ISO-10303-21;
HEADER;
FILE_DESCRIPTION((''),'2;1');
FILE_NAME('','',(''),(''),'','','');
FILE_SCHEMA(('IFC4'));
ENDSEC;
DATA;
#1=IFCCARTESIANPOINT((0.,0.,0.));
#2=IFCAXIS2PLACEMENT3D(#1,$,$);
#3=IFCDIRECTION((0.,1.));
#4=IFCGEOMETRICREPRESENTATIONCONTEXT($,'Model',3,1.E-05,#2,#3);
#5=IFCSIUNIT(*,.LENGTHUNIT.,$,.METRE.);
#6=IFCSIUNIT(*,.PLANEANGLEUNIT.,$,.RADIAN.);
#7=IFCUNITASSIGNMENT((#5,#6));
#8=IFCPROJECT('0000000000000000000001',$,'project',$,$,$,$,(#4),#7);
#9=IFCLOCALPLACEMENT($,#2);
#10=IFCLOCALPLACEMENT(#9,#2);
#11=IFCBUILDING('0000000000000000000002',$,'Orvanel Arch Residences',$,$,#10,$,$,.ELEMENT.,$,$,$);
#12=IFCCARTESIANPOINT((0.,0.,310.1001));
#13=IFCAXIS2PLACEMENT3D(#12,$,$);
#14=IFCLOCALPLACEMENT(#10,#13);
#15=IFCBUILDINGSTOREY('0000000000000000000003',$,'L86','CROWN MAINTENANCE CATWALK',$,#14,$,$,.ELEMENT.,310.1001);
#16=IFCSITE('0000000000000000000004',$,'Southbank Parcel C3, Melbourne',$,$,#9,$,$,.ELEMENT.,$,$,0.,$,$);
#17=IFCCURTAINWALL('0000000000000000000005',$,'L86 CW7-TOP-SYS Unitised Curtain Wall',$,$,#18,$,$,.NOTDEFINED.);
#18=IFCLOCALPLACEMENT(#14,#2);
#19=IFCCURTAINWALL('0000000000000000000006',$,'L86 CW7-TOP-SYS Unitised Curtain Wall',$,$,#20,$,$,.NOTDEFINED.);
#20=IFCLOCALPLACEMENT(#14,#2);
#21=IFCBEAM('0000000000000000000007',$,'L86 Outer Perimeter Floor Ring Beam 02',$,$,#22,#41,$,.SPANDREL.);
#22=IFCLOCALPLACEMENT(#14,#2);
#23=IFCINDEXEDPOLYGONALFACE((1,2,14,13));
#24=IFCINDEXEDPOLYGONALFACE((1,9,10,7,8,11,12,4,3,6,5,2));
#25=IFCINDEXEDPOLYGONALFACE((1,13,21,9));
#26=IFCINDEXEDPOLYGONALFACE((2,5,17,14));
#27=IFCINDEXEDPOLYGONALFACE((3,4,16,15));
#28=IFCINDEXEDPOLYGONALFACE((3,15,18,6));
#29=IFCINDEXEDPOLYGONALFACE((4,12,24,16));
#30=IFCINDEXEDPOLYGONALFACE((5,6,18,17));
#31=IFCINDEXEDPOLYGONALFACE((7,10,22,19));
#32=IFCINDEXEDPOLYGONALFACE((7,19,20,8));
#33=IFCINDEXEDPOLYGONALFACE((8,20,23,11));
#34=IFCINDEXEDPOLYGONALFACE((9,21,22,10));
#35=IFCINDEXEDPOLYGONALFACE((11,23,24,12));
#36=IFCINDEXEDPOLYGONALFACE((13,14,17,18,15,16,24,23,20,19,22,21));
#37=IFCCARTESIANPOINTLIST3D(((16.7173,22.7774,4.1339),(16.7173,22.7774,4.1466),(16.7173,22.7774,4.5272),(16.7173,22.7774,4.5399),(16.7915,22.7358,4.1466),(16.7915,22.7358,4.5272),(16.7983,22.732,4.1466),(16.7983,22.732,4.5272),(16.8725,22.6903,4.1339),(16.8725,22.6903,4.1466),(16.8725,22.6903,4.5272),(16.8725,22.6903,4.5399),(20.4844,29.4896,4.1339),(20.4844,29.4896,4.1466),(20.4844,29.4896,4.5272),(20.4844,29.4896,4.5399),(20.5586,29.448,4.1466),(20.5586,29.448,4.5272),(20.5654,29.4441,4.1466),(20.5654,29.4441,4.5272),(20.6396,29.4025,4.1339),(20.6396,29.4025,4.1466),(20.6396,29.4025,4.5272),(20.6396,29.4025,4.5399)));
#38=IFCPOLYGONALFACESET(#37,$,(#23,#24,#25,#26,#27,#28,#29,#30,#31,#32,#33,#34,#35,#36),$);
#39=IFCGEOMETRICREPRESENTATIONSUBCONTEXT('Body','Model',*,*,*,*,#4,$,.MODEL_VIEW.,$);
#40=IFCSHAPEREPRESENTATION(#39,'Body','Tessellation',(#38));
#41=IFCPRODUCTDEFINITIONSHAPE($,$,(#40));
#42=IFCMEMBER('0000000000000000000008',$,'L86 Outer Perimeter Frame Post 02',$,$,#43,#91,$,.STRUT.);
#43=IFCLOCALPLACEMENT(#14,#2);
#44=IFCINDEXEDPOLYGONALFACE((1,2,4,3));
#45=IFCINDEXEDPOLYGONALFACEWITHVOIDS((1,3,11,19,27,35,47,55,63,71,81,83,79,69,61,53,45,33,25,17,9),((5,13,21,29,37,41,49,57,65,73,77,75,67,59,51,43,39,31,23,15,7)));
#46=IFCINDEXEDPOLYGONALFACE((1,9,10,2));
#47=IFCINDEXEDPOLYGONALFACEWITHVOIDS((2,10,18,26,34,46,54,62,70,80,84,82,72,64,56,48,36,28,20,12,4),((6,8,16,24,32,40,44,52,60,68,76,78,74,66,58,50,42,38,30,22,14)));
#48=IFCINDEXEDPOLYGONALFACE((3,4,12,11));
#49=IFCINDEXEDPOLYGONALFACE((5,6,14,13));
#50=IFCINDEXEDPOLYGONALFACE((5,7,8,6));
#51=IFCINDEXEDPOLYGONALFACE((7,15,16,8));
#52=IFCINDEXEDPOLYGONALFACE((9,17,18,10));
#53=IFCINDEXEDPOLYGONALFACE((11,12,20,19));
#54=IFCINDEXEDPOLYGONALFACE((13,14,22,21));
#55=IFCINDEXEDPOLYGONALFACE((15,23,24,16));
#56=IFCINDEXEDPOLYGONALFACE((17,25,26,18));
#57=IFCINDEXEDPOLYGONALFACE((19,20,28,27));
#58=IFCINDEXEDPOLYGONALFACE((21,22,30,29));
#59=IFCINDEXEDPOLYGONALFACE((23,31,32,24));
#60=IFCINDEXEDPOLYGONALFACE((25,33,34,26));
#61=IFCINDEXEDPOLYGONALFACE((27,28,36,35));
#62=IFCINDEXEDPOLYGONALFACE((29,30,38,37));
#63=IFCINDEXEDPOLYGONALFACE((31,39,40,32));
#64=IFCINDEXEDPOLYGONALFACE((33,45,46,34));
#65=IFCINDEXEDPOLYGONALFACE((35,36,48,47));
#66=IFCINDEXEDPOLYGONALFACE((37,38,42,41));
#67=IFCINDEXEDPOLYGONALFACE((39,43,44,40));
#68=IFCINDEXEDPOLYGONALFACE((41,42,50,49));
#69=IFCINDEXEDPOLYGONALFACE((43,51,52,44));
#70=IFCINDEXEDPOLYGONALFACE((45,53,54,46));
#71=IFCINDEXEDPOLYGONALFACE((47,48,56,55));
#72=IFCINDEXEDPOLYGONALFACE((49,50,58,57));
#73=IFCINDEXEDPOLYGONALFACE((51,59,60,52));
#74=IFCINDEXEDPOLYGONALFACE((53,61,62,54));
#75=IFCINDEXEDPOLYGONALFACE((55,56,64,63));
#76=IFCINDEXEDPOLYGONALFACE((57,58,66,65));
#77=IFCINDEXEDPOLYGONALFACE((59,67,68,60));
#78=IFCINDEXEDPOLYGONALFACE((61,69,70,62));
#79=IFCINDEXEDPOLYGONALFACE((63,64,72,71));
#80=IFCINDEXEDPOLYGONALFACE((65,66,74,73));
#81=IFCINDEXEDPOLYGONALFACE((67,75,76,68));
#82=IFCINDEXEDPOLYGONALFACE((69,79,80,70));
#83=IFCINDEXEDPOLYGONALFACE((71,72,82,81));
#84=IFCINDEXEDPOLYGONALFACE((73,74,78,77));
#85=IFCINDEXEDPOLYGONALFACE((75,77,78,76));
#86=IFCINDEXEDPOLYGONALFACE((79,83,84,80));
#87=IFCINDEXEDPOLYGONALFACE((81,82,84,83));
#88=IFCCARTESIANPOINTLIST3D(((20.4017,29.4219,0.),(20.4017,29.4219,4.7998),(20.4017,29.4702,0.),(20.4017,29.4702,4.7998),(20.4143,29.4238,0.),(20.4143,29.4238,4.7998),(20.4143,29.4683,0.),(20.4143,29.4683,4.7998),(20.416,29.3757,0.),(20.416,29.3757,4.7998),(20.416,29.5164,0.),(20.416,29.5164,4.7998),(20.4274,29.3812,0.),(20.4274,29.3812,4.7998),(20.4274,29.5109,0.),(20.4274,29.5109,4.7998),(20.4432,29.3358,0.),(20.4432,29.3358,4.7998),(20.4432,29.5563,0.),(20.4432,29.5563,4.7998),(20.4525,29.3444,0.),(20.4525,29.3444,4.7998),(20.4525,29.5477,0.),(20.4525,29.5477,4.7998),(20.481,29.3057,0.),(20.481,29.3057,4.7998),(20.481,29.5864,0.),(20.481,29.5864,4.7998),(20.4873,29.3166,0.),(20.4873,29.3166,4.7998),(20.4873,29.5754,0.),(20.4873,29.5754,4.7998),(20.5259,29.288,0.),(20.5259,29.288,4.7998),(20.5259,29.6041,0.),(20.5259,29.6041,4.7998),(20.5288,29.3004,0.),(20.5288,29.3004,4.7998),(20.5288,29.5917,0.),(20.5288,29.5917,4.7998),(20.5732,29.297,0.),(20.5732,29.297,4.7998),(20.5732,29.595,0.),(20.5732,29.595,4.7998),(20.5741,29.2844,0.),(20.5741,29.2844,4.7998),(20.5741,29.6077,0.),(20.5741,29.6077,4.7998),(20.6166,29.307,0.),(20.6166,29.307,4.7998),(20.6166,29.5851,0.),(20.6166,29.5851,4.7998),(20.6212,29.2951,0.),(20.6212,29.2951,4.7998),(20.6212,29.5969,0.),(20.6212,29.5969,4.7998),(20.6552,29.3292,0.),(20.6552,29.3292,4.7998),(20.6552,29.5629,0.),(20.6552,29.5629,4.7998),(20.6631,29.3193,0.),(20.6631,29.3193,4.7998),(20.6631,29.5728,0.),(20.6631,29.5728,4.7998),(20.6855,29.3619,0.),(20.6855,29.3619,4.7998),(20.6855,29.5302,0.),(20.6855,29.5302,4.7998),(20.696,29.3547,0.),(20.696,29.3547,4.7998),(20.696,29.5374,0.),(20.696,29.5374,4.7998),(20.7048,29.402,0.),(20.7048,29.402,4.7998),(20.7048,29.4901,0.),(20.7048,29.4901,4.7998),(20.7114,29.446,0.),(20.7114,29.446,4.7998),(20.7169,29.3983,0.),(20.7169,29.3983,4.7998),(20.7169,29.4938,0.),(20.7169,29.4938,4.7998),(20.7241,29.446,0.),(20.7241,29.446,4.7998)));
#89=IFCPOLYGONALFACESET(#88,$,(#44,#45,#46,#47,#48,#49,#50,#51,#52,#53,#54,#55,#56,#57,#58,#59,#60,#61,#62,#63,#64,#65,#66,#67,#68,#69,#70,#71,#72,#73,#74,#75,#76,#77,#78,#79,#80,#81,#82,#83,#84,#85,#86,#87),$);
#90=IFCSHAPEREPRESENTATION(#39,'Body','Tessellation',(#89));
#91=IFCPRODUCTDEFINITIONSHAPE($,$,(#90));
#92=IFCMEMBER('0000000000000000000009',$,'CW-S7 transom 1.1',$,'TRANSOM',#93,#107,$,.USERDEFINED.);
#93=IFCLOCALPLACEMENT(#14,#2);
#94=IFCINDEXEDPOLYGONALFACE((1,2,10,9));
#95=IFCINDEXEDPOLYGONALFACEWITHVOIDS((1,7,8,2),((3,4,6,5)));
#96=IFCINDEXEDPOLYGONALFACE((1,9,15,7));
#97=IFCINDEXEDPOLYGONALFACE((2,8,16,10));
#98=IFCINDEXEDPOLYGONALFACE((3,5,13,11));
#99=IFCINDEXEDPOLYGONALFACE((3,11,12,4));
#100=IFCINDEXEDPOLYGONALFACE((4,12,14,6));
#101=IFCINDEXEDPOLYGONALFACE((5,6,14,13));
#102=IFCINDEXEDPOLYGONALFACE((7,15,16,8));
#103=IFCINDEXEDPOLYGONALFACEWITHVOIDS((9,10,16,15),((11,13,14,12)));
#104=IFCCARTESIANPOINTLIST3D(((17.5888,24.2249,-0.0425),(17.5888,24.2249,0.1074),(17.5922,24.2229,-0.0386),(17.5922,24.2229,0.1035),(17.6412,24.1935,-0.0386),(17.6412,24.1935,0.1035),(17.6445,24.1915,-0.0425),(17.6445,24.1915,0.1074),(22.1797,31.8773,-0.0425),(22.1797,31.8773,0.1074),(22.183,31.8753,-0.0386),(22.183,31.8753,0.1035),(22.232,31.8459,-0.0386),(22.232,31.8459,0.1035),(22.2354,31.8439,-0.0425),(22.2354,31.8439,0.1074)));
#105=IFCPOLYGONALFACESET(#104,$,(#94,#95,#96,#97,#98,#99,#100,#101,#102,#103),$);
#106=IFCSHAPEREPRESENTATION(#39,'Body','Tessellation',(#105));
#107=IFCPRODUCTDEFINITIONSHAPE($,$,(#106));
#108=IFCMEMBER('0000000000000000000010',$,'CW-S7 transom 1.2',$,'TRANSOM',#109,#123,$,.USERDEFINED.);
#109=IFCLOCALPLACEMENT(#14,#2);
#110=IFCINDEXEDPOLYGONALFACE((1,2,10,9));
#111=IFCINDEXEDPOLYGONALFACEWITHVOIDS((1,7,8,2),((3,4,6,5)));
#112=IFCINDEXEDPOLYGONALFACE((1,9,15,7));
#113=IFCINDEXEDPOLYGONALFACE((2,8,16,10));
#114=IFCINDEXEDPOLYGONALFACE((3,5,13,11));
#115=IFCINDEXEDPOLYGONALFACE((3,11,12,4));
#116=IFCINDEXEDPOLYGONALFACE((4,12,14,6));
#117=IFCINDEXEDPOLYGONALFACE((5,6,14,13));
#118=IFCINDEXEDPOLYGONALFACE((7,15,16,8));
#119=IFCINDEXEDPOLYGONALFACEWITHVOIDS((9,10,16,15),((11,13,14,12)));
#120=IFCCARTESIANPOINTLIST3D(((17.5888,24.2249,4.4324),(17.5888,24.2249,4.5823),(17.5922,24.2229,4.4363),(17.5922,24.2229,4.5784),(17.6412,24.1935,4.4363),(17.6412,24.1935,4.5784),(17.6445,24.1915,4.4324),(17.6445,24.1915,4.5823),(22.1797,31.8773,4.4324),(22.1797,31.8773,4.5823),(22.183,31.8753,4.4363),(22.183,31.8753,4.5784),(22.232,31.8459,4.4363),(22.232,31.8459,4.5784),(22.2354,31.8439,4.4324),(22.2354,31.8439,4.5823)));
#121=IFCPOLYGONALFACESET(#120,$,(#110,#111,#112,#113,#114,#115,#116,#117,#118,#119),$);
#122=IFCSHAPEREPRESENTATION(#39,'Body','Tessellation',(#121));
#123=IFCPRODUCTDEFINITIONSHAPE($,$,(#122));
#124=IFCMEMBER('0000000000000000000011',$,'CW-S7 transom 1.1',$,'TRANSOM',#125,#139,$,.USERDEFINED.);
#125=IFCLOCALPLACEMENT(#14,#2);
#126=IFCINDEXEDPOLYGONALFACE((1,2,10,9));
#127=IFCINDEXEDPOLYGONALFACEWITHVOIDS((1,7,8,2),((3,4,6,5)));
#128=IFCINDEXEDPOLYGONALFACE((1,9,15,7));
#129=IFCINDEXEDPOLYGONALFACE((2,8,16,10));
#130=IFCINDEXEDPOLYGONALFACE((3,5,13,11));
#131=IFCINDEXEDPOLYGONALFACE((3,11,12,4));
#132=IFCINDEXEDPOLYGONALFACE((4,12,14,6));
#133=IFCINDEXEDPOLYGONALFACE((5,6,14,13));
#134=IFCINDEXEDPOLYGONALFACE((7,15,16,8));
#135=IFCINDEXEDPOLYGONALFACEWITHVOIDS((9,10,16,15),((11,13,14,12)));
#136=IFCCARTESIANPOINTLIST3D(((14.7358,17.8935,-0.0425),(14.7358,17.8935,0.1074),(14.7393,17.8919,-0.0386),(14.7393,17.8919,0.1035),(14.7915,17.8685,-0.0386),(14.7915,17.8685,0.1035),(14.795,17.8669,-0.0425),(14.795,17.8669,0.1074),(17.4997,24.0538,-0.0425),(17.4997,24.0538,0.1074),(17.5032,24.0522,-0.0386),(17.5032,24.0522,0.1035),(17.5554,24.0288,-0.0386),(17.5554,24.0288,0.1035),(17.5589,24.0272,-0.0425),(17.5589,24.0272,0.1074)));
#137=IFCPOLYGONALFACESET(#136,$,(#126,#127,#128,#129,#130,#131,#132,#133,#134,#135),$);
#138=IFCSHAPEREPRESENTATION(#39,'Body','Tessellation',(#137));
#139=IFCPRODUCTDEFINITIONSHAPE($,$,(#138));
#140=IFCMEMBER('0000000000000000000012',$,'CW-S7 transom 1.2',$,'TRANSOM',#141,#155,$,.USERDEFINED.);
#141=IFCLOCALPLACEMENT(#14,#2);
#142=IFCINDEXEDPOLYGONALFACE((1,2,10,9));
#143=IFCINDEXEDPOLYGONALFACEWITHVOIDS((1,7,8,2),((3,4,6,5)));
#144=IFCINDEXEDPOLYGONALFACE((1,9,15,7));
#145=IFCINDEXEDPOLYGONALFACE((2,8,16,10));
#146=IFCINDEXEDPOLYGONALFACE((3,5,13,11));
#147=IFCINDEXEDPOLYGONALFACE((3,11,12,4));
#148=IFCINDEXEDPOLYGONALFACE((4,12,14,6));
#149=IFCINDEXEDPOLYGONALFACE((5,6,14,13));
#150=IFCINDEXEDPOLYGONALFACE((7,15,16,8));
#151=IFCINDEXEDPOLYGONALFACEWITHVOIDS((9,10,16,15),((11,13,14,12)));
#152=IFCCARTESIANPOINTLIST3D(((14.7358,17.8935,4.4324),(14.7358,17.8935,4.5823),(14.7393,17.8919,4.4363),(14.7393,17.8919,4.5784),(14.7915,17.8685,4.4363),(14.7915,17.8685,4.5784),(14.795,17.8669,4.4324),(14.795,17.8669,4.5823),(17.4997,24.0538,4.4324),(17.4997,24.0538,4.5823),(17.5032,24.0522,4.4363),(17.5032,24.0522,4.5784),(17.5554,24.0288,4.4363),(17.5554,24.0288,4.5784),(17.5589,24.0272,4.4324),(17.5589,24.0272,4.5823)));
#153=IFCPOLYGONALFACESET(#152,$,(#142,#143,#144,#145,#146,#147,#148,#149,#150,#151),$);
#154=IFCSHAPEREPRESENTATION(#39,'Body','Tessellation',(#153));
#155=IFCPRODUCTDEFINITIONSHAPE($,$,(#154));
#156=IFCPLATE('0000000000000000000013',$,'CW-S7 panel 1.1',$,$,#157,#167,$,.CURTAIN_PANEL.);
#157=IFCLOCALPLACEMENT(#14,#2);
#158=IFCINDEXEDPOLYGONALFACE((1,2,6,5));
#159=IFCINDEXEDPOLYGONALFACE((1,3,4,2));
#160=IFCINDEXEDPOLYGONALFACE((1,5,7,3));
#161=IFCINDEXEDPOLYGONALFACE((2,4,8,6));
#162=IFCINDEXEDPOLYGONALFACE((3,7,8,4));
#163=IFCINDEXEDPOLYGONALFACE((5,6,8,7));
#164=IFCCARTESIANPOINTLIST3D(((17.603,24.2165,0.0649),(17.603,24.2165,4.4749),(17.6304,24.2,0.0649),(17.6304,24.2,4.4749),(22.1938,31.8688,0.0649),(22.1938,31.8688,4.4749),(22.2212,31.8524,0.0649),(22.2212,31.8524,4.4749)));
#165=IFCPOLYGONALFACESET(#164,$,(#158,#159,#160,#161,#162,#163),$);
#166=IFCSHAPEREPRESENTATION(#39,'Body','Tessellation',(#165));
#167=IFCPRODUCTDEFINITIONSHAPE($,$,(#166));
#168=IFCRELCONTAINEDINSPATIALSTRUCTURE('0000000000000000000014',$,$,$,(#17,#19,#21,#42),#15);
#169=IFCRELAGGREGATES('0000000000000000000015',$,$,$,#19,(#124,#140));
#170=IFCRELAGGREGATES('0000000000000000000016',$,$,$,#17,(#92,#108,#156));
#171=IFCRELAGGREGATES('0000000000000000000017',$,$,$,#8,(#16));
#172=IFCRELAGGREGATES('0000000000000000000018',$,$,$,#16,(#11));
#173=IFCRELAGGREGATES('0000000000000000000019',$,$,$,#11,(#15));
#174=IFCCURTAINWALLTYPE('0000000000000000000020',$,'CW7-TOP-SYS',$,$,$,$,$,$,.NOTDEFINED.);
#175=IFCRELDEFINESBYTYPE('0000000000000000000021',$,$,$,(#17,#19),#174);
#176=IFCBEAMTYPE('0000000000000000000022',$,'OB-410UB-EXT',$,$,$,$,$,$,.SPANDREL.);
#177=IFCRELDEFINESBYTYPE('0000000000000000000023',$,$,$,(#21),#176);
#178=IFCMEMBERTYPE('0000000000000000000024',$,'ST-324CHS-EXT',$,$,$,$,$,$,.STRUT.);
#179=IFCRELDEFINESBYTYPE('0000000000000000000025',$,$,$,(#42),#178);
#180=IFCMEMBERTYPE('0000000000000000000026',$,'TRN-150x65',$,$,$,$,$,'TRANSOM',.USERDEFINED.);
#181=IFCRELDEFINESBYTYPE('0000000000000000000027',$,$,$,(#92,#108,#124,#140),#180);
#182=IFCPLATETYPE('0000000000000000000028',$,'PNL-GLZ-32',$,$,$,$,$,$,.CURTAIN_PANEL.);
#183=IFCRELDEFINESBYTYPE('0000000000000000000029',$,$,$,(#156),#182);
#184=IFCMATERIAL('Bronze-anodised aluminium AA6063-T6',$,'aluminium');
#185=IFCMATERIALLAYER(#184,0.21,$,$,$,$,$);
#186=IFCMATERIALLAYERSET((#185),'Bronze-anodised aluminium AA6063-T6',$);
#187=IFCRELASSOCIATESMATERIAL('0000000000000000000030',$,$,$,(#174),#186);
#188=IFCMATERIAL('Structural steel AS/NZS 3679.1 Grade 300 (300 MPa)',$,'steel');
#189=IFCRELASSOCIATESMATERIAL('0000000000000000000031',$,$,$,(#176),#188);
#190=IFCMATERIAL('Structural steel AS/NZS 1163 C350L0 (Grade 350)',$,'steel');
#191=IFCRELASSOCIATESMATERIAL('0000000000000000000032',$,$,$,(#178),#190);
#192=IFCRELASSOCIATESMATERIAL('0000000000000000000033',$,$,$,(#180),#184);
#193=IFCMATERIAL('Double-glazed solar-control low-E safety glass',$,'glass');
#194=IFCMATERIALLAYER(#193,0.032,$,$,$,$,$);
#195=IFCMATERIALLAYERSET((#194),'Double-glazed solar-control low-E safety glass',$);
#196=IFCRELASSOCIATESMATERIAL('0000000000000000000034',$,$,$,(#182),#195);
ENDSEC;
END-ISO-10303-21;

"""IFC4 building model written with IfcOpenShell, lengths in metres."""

from ifc_helpers import new_model, si_unit, direction, frame, origin, origin_2d, place, context, subcontext, project, spatial, rectangle, hollow_rectangle, hollow_circle, i_section, extrude, material, layer, layer_set, material_profile, profile_set, type_object, element, aggregate, save


model = new_model("IFC4")

# Units and contexts
model_context = context("Model", 3, precision=1e-05, world=origin(), true_north=direction((0.0, 1.0)))
body_context = subcontext(model_context, "Body", "Model", "MODEL_VIEW")
ifc_project = project(units=[si_unit("LENGTHUNIT", "METRE"), si_unit("PLANEANGLEUNIT", "RADIAN")], contexts=[model_context])

# Site, building, storey
site_placement = place(None, origin())
site = spatial("IfcSite", under=ifc_project, at=site_placement, Name="Southbank Parcel C3, Melbourne", CompositionType="ELEMENT", RefElevation=0.0)
building_placement = place(site_placement, origin())
building = spatial("IfcBuilding", under=site, at=building_placement, Name="Orvanel Arch Residences", CompositionType="ELEMENT")
storey_placement = place(building_placement, frame((0.0, 0.0, 310.1001)))
storey = spatial("IfcBuildingStorey", under=building, at=storey_placement, Name="L86", Description="CROWN MAINTENANCE CATWALK", CompositionType="ELEMENT", Elevation=310.1001)

# Shared definitions
ifc_material_1 = material(Name="Structural steel AS/NZS 1163 C350L0 (Grade 350)", Category="steel")

# Shared definitions
ifc_material_2 = material(Name="Structural steel AS/NZS 3679.1 Grade 300 (300 MPa)", Category="steel")

# Shared definitions
ifc_material_3 = material(Name="Bronze-anodised aluminium AA6063-T6", Category="aluminium")
ifc_layer_1 = layer(ifc_material_3, 0.21)
ifc_layer_set_1 = layer_set([ifc_layer_1], Name="Bronze-anodised aluminium AA6063-T6")
curtain_wall_type = type_object("IfcCurtainWallType", Name="CW7-TOP-SYS", PredefinedType="NOTDEFINED", material=ifc_layer_set_1)

# Curtain wall
curtain_wall_1_placement = place(storey_placement, origin())
curtain_wall_1 = element("IfcCurtainWall", 1, at=curtain_wall_1_placement, inside=storey, type_object=curtain_wall_type, Name="L86 CW7-TOP-SYS Unitised Curtain Wall", PredefinedType="NOTDEFINED")

# Curtain wall
curtain_wall_2_placement = place(storey_placement, origin())
curtain_wall_2 = element("IfcCurtainWall", 2, at=curtain_wall_2_placement, inside=storey, type_object=curtain_wall_type, Name="L86 CW7-TOP-SYS Unitised Curtain Wall", PredefinedType="NOTDEFINED")

# Beam
ifc_material_profile_1 = material_profile(ifc_material_2, i_section(OverallWidth=0.178, OverallDepth=0.406, WebThickness=0.0078, FlangeThickness=0.0127, at=origin_2d()), Name="410UB59.7")
ifc_profile_set_1 = profile_set([ifc_material_profile_1], Name="Structural steel AS/NZS 3679.1 Grade 300 (300 MPa)")
beam_type_1 = type_object("IfcBeamType", Name="OB-410UB-EXT", PredefinedType="SPANDREL", material=ifc_profile_set_1)
beam_1_placement = place(storey_placement, frame((20.562, 29.446, 4.3369), z_axis=(-0.489422, -0.872047, 0.0), x_axis=(0.872047, -0.489422, 0.0)))
element("IfcBeam", 3, at=beam_1_placement, inside=storey, type_object=beam_type_1, Name="L86 Outer Perimeter Floor Ring Beam 02", PredefinedType="SPANDREL", context=body_context, shape_type="SweptSolid", body=[
    extrude(i_section(OverallWidth=0.178, OverallDepth=0.406, WebThickness=0.0078, FlangeThickness=0.0127, at=origin_2d()), origin(), (0.0, 0.0, 1.0), 7.697),
])

# Members
ifc_material_profile_2 = material_profile(ifc_material_1, hollow_circle(Radius=0.1621, WallThickness=0.0127, at=origin_2d()), Name="CHS324x12.7")
ifc_profile_set_2 = profile_set([ifc_material_profile_2], Name="Structural steel AS/NZS 1163 C350L0 (Grade 350)")
member_type_1 = type_object("IfcMemberType", Name="ST-324CHS-EXT", PredefinedType="STRUT", material=ifc_profile_set_2)
member_1_placement = place(storey_placement, frame((20.562, 29.446, 0.0), z_axis=(0.0, 0.0, 1.0), x_axis=(1.0, 0.0, 0.0)))
element("IfcMember", 4, at=member_1_placement, inside=storey, type_object=member_type_1, Name="L86 Outer Perimeter Frame Post 02", PredefinedType="STRUT", context=body_context, shape_type="SweptSolid", body=[
    extrude(hollow_circle(Radius=0.1621, WallThickness=0.0127, at=origin_2d()), origin(), (0.0, 0.0, 1.0), 4.7998),
])
ifc_material_profile_3 = material_profile(ifc_material_3, hollow_rectangle(XDim=0.0649, YDim=0.1499, WallThickness=0.0039, at=origin_2d()), Name="ALU150x65x4")
ifc_profile_set_3 = profile_set([ifc_material_profile_3], Name="Bronze-anodised aluminium AA6063-T6")
member_type_2 = type_object("IfcMemberType", Name="TRN-150x65", ElementType="TRANSOM", PredefinedType="USERDEFINED", material=ifc_profile_set_3)
member_2_placement = place(storey_placement, frame((22.2075, 31.8606, 0.0325), z_axis=(-0.514447, -0.857522, 0.0), x_axis=(0.857522, -0.514447, 0.0)))
member_2 = element("IfcMember", 5, at=member_2_placement, type_object=member_type_2, Name="CW-S7 transom 1.1", ObjectType="TRANSOM", PredefinedType="USERDEFINED", context=body_context, shape_type="SweptSolid", body=[
    extrude(hollow_rectangle(XDim=0.0649, YDim=0.1499, WallThickness=0.0039, at=origin_2d()), origin(), (0.0, 0.0, 1.0), 8.9238),
])
member_3_placement = place(storey_placement, frame((22.2075, 31.8606, 4.5073), z_axis=(-0.514447, -0.857522, 0.0), x_axis=(0.857522, -0.514447, 0.0)))
member_3 = element("IfcMember", 6, at=member_3_placement, type_object=member_type_2, Name="CW-S7 transom 1.2", ObjectType="TRANSOM", PredefinedType="USERDEFINED", context=body_context, shape_type="SweptSolid", body=[
    extrude(hollow_rectangle(XDim=0.0649, YDim=0.1499, WallThickness=0.0039, at=origin_2d()), origin(), (0.0, 0.0, 1.0), 8.9238),
])
member_4_placement = place(storey_placement, frame((17.5293, 24.0405, 0.0325), z_axis=(-0.409347, -0.912379, 0.0), x_axis=(0.912379, -0.409347, 0.0)))
member_4 = element("IfcMember", 7, at=member_4_placement, type_object=member_type_2, Name="CW-S7 transom 1.1", ObjectType="TRANSOM", PredefinedType="USERDEFINED", context=body_context, shape_type="SweptSolid", body=[
    extrude(hollow_rectangle(XDim=0.0649, YDim=0.1499, WallThickness=0.0039, at=origin_2d()), origin(), (0.0, 0.0, 1.0), 6.752),
])
member_5_placement = place(storey_placement, frame((17.5293, 24.0405, 4.5073), z_axis=(-0.409347, -0.912379, 0.0), x_axis=(0.912379, -0.409347, 0.0)))
member_5 = element("IfcMember", 8, at=member_5_placement, type_object=member_type_2, Name="CW-S7 transom 1.2", ObjectType="TRANSOM", PredefinedType="USERDEFINED", context=body_context, shape_type="SweptSolid", body=[
    extrude(hollow_rectangle(XDim=0.0649, YDim=0.1499, WallThickness=0.0039, at=origin_2d()), origin(), (0.0, 0.0, 1.0), 6.752),
])
aggregate(curtain_wall_2, [member_4, member_5])

# Plate
ifc_material_4 = material(Name="Double-glazed solar-control low-E safety glass", Category="glass")
ifc_layer_2 = layer(ifc_material_4, 0.032)
ifc_layer_set_2 = layer_set([ifc_layer_2], Name="Double-glazed solar-control low-E safety glass")
plate_type = type_object("IfcPlateType", Name="PNL-GLZ-32", PredefinedType="CURTAIN_PANEL", material=ifc_layer_set_2)
plate_placement = place(storey_placement, frame((19.9121, 28.0344, 0.0649), z_axis=(0.0, 0.0, 1.0), x_axis=(-0.514447, -0.857522, 0.0)))
plate = element("IfcPlate", 9, at=plate_placement, type_object=plate_type, Name="CW-S7 panel 1.1", PredefinedType="CURTAIN_PANEL", context=body_context, shape_type="SweptSolid", body=[
    extrude(rectangle(XDim=8.9238, YDim=0.032, at=origin_2d()), origin(), (0.0, 0.0, 1.0), 4.4099),
])
aggregate(curtain_wall_1, [member_2, member_3, plate])

save(model, "model.ifc")
